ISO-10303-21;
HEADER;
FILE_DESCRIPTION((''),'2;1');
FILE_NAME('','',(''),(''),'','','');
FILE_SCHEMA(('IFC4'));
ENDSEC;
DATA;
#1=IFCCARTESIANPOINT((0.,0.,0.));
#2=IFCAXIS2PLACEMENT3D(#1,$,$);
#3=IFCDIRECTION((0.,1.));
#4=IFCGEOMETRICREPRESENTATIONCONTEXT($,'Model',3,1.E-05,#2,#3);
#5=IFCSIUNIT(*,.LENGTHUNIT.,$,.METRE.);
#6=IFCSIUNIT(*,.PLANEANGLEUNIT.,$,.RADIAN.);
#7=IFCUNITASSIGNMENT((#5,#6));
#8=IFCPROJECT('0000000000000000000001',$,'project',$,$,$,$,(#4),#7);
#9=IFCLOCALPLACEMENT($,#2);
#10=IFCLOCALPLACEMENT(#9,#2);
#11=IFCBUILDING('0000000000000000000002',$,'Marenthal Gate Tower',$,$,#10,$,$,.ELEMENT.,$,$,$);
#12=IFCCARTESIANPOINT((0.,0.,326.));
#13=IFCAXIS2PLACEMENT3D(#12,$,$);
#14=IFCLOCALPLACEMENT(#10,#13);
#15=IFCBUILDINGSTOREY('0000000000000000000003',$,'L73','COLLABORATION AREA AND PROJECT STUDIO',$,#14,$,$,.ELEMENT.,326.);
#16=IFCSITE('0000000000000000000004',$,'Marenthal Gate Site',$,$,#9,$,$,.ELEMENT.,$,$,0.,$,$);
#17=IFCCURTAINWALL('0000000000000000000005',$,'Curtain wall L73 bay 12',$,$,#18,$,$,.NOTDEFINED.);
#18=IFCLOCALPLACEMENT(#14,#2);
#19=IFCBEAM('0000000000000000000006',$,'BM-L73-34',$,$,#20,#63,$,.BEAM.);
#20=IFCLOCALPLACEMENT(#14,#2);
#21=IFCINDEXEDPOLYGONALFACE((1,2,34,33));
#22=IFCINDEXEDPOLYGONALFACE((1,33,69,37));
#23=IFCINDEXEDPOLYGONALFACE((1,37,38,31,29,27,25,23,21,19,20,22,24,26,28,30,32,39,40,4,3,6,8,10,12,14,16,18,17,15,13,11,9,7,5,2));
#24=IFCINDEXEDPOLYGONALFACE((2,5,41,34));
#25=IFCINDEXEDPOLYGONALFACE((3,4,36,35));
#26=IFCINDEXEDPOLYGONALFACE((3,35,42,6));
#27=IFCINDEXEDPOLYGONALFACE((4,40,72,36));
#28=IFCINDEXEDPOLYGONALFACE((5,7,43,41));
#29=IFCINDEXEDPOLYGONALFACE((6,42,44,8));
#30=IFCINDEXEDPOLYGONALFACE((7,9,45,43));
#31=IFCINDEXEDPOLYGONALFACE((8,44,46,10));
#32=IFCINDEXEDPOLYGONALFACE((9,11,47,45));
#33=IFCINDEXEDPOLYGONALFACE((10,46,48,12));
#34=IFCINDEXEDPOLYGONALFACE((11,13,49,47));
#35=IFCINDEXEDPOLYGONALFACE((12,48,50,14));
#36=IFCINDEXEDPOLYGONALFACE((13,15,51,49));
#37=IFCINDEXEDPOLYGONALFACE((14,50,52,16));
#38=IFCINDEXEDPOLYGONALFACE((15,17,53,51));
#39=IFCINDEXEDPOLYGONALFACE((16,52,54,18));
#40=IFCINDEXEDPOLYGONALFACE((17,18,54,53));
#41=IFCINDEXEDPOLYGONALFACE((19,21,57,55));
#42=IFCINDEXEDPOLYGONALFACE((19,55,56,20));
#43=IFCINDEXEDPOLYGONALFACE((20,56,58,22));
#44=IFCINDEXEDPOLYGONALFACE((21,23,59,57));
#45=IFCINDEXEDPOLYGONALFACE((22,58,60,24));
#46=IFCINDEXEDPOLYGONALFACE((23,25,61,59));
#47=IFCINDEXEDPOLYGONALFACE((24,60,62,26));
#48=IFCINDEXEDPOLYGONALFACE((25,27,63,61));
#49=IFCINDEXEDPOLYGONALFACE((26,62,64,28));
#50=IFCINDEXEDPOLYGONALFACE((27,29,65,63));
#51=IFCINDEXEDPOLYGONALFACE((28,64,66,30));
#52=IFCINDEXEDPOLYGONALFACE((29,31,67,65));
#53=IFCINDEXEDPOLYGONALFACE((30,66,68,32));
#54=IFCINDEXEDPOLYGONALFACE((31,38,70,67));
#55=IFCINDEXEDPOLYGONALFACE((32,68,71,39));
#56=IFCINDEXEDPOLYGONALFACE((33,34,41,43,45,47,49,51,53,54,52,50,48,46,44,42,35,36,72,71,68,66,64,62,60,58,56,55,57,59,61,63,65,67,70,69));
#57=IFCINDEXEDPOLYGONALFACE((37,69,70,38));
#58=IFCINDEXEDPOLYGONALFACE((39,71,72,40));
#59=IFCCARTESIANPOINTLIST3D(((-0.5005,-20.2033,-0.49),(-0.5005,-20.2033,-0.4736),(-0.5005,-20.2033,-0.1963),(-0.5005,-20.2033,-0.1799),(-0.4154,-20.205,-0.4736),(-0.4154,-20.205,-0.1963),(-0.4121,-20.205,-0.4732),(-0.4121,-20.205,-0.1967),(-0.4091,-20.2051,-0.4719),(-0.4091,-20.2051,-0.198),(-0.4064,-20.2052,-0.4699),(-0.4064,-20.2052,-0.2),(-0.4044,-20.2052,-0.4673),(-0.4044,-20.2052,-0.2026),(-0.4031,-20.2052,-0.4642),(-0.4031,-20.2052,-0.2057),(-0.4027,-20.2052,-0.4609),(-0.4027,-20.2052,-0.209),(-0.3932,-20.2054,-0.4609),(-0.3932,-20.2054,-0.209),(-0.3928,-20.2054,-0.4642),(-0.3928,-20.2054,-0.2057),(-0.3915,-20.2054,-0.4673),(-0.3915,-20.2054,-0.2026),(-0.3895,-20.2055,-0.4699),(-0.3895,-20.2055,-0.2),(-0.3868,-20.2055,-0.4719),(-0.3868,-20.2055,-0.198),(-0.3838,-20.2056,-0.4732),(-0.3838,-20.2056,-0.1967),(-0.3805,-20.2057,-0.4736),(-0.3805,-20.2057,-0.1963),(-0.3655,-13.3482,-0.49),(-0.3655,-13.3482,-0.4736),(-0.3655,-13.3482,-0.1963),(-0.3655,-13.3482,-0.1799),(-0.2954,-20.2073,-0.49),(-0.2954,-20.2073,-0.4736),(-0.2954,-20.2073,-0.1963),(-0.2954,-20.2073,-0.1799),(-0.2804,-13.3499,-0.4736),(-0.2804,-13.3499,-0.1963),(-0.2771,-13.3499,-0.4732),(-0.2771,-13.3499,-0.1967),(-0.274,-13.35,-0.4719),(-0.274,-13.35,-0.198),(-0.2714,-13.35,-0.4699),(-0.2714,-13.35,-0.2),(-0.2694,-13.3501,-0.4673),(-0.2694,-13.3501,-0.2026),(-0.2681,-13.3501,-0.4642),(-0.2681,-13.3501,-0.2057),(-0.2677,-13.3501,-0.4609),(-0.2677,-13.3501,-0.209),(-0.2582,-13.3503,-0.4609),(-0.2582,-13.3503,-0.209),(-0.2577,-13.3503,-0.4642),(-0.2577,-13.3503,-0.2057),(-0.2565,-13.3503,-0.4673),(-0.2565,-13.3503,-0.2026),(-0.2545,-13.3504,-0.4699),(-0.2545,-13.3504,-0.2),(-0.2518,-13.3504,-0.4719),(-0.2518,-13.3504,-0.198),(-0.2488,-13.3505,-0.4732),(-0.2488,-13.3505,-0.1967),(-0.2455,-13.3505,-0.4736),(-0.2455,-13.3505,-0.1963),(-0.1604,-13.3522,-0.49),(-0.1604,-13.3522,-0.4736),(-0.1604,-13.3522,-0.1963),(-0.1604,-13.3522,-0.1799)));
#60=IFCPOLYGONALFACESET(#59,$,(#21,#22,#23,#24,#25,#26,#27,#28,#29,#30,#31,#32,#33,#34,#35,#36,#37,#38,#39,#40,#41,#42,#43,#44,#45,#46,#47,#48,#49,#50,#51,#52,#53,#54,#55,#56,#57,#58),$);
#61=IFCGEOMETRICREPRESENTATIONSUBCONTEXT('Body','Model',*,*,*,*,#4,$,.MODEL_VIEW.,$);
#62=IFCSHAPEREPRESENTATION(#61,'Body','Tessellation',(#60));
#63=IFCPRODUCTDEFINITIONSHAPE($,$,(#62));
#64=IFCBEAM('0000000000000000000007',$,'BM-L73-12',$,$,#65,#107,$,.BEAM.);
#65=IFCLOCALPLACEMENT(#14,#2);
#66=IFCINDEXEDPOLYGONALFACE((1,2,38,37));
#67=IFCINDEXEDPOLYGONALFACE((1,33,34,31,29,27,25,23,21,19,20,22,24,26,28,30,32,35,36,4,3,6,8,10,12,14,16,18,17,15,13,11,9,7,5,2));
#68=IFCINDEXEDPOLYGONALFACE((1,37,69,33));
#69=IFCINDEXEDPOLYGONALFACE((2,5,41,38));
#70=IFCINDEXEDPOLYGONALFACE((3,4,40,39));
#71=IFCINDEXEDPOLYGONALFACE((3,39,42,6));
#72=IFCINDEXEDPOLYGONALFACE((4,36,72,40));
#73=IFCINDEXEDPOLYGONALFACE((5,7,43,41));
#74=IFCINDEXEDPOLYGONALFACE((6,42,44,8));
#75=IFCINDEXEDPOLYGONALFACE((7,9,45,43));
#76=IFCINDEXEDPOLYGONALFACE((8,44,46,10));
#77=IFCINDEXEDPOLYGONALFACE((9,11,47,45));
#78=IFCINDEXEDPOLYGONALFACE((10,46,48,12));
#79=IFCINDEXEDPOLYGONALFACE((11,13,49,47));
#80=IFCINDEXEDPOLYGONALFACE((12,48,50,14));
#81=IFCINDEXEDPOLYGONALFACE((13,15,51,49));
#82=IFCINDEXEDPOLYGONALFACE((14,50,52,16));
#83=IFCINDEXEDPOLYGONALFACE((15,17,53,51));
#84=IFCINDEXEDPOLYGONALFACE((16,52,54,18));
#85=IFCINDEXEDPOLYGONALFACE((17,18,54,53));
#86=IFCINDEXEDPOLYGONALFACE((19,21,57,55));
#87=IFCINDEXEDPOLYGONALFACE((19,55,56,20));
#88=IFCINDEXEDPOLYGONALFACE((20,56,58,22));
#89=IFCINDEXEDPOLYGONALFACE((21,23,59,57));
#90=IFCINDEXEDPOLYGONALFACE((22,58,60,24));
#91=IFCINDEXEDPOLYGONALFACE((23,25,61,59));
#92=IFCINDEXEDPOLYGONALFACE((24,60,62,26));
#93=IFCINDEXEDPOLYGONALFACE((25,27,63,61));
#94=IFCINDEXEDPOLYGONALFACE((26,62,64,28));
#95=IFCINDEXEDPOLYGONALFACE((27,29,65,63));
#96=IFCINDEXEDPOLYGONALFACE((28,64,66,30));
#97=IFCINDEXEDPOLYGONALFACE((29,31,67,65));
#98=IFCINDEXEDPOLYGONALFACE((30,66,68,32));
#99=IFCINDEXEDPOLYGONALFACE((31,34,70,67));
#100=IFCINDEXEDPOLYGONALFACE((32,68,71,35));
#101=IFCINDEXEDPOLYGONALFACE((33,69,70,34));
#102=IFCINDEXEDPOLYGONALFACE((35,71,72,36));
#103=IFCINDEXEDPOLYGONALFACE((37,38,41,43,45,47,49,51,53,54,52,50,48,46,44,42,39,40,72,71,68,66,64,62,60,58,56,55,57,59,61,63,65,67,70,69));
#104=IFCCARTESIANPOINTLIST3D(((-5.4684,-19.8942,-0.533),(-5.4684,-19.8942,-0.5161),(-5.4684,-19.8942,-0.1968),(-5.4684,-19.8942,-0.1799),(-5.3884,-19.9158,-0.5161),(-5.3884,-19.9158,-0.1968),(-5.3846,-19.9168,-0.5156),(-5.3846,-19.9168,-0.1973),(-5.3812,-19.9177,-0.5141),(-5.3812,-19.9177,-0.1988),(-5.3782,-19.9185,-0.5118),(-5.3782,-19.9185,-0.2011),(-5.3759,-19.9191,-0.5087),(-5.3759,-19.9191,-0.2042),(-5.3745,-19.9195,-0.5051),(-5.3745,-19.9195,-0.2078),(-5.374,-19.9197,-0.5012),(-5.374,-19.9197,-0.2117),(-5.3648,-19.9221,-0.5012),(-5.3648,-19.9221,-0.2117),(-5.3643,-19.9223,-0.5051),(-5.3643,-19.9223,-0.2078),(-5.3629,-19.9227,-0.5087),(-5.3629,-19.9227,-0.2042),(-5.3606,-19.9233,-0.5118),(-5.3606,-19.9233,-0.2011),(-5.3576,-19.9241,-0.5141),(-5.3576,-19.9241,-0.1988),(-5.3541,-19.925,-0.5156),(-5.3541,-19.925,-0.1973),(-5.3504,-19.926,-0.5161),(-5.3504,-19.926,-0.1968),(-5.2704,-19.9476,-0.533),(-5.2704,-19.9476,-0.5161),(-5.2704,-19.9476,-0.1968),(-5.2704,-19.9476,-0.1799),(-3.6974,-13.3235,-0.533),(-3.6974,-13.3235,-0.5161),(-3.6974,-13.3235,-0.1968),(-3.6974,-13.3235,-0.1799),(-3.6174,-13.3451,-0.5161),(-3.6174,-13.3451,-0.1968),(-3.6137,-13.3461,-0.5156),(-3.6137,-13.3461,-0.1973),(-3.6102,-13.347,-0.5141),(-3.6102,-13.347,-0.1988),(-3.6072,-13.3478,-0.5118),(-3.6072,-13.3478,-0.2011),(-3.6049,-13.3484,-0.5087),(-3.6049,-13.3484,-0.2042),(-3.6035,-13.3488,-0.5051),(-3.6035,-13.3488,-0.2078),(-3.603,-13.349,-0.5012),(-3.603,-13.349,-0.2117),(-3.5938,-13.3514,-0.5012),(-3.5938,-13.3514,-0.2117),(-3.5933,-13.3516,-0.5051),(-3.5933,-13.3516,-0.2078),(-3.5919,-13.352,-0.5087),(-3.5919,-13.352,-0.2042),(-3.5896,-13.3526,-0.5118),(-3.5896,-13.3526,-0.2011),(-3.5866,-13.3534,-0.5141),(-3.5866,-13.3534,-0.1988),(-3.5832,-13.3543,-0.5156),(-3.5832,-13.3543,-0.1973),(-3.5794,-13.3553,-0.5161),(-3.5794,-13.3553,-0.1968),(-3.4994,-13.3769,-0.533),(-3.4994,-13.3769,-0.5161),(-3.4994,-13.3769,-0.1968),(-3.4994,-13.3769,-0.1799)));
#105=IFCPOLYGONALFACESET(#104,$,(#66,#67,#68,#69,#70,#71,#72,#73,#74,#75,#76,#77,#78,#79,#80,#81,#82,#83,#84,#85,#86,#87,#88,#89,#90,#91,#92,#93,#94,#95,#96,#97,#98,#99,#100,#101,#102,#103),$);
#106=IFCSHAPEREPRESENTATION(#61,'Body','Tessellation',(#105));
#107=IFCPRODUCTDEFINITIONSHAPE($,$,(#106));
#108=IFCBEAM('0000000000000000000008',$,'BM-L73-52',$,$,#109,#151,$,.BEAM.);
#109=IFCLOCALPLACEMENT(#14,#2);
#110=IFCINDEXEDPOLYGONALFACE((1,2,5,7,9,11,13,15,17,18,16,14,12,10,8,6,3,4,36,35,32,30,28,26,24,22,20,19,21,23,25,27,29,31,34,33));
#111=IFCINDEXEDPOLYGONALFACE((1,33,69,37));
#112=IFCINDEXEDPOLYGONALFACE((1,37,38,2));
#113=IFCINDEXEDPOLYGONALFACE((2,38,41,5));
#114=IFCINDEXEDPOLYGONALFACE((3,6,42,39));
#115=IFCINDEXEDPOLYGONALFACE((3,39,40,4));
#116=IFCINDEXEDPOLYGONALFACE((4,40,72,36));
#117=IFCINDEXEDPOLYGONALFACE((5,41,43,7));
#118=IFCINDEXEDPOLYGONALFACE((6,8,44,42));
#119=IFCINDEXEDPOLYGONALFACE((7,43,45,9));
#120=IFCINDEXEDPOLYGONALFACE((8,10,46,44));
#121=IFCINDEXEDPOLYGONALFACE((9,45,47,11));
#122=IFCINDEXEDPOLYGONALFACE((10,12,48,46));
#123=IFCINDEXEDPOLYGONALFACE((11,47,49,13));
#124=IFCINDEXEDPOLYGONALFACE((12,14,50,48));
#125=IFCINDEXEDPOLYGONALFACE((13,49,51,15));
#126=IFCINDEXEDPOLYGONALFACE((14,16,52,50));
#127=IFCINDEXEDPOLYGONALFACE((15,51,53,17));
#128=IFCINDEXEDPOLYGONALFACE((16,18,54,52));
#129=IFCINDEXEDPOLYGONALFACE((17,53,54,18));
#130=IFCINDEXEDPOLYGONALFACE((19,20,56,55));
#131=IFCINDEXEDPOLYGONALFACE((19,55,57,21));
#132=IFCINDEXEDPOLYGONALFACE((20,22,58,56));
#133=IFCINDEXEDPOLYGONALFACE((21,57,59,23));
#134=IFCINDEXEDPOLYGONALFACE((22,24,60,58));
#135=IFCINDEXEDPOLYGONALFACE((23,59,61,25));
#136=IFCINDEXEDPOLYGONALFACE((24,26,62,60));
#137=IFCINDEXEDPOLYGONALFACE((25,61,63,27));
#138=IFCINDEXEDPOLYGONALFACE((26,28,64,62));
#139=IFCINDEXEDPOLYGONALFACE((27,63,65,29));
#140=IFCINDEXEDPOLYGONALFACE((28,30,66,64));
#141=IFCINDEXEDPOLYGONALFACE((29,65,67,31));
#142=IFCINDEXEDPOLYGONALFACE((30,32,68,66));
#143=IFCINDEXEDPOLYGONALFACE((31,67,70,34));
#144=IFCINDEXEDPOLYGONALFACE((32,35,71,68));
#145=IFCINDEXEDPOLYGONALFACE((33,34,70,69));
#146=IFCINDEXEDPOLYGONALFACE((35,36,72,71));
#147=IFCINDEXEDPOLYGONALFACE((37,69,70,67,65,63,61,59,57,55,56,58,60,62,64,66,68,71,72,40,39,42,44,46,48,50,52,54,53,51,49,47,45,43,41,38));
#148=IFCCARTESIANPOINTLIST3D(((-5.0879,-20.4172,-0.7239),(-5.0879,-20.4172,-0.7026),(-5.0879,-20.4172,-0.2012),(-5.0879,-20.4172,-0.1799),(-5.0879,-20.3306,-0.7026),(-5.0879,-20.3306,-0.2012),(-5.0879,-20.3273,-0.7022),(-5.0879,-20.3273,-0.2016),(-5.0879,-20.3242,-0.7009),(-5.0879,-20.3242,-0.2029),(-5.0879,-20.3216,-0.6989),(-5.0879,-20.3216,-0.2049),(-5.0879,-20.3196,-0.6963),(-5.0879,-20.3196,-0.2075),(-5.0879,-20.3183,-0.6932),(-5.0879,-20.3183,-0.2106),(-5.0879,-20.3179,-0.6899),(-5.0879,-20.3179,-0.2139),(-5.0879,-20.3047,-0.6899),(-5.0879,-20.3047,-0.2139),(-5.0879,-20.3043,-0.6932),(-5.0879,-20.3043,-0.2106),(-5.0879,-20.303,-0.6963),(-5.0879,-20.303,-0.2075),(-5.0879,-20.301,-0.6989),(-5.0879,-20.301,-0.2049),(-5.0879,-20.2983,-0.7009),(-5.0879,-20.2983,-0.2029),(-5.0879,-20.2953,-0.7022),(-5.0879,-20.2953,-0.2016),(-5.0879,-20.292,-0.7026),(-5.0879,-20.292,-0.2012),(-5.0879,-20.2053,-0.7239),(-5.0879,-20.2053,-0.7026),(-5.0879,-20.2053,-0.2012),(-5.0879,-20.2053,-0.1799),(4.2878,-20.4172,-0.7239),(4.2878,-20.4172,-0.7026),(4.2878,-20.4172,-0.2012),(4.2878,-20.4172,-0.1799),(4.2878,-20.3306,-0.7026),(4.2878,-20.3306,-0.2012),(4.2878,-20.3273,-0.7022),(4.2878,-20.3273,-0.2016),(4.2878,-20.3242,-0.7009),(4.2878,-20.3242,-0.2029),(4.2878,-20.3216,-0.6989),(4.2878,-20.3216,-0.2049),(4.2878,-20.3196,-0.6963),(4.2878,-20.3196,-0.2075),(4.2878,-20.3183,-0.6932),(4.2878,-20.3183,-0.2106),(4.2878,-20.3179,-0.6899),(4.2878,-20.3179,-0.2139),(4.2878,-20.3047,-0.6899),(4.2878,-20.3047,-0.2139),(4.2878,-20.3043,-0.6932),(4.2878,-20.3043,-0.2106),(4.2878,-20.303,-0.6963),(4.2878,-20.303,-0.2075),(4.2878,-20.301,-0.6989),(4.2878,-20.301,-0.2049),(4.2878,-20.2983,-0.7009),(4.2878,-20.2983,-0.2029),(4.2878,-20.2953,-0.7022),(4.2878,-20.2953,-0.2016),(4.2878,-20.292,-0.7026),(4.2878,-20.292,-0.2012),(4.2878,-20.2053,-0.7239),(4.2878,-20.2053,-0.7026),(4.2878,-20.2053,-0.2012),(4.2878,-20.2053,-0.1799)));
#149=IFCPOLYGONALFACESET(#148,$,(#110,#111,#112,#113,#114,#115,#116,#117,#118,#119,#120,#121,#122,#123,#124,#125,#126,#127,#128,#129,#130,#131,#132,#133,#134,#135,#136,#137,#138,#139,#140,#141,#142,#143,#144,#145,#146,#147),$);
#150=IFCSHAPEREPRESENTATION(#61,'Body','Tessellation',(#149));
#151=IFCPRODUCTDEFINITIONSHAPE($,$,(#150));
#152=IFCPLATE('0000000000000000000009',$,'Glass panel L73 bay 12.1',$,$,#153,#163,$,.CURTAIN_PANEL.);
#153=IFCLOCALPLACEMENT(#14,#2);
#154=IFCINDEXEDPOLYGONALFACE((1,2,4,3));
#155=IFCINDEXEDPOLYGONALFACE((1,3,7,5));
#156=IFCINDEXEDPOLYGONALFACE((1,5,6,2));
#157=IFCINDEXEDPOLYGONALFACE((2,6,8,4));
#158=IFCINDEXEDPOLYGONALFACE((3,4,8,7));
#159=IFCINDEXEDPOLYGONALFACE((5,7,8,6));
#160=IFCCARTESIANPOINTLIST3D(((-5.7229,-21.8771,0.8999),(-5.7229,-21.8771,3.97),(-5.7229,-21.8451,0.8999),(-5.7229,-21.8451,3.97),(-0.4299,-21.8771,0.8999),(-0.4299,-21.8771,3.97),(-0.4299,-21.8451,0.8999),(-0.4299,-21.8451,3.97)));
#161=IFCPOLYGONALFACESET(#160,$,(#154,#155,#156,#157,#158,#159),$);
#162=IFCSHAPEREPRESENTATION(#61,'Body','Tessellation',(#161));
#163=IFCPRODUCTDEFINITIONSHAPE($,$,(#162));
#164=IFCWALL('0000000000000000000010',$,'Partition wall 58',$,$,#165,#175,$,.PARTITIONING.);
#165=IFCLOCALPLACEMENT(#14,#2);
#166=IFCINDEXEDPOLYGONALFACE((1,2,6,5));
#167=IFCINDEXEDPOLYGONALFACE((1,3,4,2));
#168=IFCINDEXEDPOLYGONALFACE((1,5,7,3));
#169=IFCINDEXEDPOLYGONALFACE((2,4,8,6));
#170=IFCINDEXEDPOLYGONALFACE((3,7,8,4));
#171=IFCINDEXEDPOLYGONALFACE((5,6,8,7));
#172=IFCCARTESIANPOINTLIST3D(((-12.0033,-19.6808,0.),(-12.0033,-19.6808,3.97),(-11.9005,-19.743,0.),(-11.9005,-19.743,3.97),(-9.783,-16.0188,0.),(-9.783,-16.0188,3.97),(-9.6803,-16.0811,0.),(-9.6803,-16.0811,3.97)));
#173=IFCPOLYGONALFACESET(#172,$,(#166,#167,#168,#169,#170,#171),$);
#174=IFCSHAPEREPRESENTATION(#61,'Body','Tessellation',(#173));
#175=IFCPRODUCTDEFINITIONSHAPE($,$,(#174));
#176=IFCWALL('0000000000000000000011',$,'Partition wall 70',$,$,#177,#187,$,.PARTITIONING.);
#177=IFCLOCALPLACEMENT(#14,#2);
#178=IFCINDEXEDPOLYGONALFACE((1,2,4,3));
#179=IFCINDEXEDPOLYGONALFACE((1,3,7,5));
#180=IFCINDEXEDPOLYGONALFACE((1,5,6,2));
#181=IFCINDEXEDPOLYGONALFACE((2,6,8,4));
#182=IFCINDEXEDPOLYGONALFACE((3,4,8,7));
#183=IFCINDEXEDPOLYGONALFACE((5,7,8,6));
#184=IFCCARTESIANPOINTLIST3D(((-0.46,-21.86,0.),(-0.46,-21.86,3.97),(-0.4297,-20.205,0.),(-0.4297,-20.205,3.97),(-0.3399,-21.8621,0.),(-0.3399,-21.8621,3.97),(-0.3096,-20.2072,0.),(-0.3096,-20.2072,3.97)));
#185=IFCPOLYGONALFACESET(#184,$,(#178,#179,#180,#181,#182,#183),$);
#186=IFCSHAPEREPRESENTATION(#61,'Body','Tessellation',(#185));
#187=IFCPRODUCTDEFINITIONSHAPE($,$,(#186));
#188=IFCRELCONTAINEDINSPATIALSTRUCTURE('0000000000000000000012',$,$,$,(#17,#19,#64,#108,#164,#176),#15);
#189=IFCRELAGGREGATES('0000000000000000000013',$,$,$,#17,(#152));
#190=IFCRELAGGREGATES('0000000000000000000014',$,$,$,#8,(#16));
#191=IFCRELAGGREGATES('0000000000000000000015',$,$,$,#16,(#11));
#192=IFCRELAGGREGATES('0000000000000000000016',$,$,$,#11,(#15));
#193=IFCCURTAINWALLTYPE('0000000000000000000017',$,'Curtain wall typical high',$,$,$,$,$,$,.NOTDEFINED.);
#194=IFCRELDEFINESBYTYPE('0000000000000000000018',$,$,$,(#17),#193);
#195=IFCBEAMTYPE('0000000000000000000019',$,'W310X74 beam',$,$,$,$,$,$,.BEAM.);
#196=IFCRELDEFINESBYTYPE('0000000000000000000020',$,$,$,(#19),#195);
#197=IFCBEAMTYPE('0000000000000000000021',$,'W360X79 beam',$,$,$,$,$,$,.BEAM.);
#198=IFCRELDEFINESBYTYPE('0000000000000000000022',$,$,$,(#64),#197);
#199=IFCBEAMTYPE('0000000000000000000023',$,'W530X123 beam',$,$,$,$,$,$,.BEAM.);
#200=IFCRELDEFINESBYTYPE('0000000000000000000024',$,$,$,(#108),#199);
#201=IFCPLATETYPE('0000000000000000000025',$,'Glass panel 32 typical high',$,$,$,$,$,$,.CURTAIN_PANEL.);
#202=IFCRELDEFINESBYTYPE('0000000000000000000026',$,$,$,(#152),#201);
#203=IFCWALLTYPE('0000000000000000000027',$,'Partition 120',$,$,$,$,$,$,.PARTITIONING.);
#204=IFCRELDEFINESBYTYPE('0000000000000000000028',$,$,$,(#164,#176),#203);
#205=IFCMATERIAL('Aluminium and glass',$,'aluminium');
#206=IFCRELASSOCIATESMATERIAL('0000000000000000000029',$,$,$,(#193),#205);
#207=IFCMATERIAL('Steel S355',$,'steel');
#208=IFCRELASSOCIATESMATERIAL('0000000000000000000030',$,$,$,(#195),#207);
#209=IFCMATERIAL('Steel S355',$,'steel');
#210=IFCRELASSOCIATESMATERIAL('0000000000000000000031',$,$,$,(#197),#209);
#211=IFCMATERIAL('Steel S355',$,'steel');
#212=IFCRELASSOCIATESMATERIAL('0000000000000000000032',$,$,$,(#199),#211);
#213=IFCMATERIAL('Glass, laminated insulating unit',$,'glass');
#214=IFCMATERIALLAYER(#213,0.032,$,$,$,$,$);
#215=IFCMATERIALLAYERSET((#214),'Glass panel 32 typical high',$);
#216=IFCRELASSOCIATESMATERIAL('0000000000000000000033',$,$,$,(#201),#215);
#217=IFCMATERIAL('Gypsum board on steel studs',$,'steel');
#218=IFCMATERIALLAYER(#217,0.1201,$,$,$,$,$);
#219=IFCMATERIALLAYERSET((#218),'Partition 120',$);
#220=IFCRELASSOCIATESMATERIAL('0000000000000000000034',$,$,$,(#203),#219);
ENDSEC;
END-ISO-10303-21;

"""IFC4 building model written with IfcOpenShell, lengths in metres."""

from ifc_helpers import new_model, si_unit, direction, frame, frame_2d, origin, origin_2d, place, context, subcontext, project, spatial, rectangle, i_section, extrude, material, layer, layer_set, material_profile, profile_set, type_object, element, aggregate, save


model = new_model("IFC4")

# Units and contexts
model_context = context("Model", 3, precision=1e-05, world=origin(), true_north=direction((0.0, 1.0)))
body_context = subcontext(model_context, "Body", "Model", "MODEL_VIEW")
ifc_project = project(units=[si_unit("LENGTHUNIT", "METRE"), si_unit("PLANEANGLEUNIT", "RADIAN")], contexts=[model_context])

# Site, building, storey
site_placement = place(None, origin())
site = spatial("IfcSite", under=ifc_project, at=site_placement, Name="Marenthal Gate Site", CompositionType="ELEMENT", RefElevation=0.0)
building_placement = place(site_placement, origin())
building = spatial("IfcBuilding", under=site, at=building_placement, Name="Marenthal Gate Tower", CompositionType="ELEMENT")
storey_placement = place(building_placement, frame((0.0, 0.0, 326.0)))
storey = spatial("IfcBuildingStorey", under=building, at=storey_placement, Name="L73", Description="COLLABORATION AREA AND PROJECT STUDIO", CompositionType="ELEMENT", Elevation=326.0)

# Curtain wall
ifc_material_1 = material(Name="Aluminium and glass", Category="aluminium")
curtain_wall_type = type_object("IfcCurtainWallType", Name="Curtain wall typical high", PredefinedType="NOTDEFINED", material=ifc_material_1)
curtain_wall_placement = place(storey_placement, origin())
curtain_wall = element("IfcCurtainWall", 1, at=curtain_wall_placement, inside=storey, type_object=curtain_wall_type, Name="Curtain wall L73 bay 12", PredefinedType="NOTDEFINED")

# Beams
ifc_material_2 = material(Name="Steel S355", Category="steel")
ifc_material_profile_1 = material_profile(ifc_material_2, i_section(OverallWidth=0.2051, OverallDepth=0.3101, WebThickness=0.0095, FlangeThickness=0.0164, FilletRadius=0.0127, at=origin_2d()), Name="W310X74")
ifc_profile_set_1 = profile_set([ifc_material_profile_1], Name="Steel S355")
beam_type_1 = type_object("IfcBeamType", Name="W310X74 beam", PredefinedType="BEAM", material=ifc_profile_set_1)
beam_1_placement = place(storey_placement, frame((-0.3979, -20.2053, -0.335), z_axis=(0.019691, 0.999806, 0.0), x_axis=(-0.999806, 0.019691, 0.0)))
element("IfcBeam", 2, at=beam_1_placement, inside=storey, type_object=beam_type_1, Name="BM-L73-34", PredefinedType="BEAM", context=body_context, shape_type="SweptSolid", body=[
    extrude(i_section(OverallWidth=0.2051, OverallDepth=0.3101, WebThickness=0.0095, FlangeThickness=0.0164, FilletRadius=0.0127, at=origin_2d()), origin(), (0.0, 0.0, 1.0), 6.8564),
])
ifc_material_3 = material(Name="Steel S355", Category="steel")
ifc_material_profile_2 = material_profile(ifc_material_3, i_section(OverallWidth=0.2051, OverallDepth=0.353, WebThickness=0.0095, FlangeThickness=0.0168, FilletRadius=0.0149, at=origin_2d()), Name="W360X79")
ifc_profile_set_2 = profile_set([ifc_material_profile_2], Name="Steel S355")
beam_type_2 = type_object("IfcBeamType", Name="W360X79 beam", PredefinedType="BEAM", material=ifc_profile_set_2)
beam_2_placement = place(storey_placement, frame((-5.3694, -19.9209, -0.3564), z_axis=(0.260238, 0.965544, 0.0), x_axis=(-0.965544, 0.260238, 0.0)))
element("IfcBeam", 3, at=beam_2_placement, inside=storey, type_object=beam_type_2, Name="BM-L73-12", PredefinedType="BEAM", context=body_context, shape_type="SweptSolid", body=[
    extrude(i_section(OverallWidth=0.2051, OverallDepth=0.353, WebThickness=0.0095, FlangeThickness=0.0168, FilletRadius=0.0149, at=origin_2d()), origin(), (0.0, 0.0, 1.0), 6.8052),
])
ifc_material_4 = material(Name="Steel S355", Category="steel")
ifc_material_profile_3 = material_profile(ifc_material_4, i_section(OverallWidth=0.2119, OverallDepth=0.5439, WebThickness=0.0132, FlangeThickness=0.0212, FilletRadius=0.0127, at=origin_2d()), Name="W530X123")
ifc_profile_set_3 = profile_set([ifc_material_profile_3], Name="Steel S355")
beam_type_3 = type_object("IfcBeamType", Name="W530X123 beam", PredefinedType="BEAM", material=ifc_profile_set_3)
beam_3_placement = place(storey_placement, frame((-5.0879, -20.3113, -0.4519), z_axis=(1.0, 0.0, 0.0), x_axis=(0.0, 1.0, 0.0)))
element("IfcBeam", 4, at=beam_3_placement, inside=storey, type_object=beam_type_3, Name="BM-L73-52", PredefinedType="BEAM", context=body_context, shape_type="SweptSolid", body=[
    extrude(i_section(OverallWidth=0.2119, OverallDepth=0.5439, WebThickness=0.0132, FlangeThickness=0.0212, FilletRadius=0.0127, at=origin_2d()), origin(), (0.0, 0.0, 1.0), 9.3757),
])

# Plate
ifc_material_5 = material(Name="Glass, laminated insulating unit", Category="glass")
ifc_layer_1 = layer(ifc_material_5, 0.032)
ifc_layer_set_1 = layer_set([ifc_layer_1], Name="Glass panel 32 typical high")
plate_type = type_object("IfcPlateType", Name="Glass panel 32 typical high", PredefinedType="CURTAIN_PANEL", material=ifc_layer_set_1)
plate_placement = place(storey_placement, frame((-3.0764, -21.8611, 0.8999), z_axis=(0.0, 0.0, 1.0), x_axis=(1.0, 0.0, 0.0)))
plate = element("IfcPlate", 5, at=plate_placement, type_object=plate_type, Name="Glass panel L73 bay 12.1", PredefinedType="CURTAIN_PANEL", context=body_context, shape_type="SweptSolid", body=[
    extrude(rectangle(XDim=5.293, YDim=0.032, at=origin_2d()), origin(), (0.0, 0.0, 1.0), 3.0701),
])
aggregate(curtain_wall, [plate])

# Walls
ifc_material_6 = material(Name="Gypsum board on steel studs", Category="steel")
ifc_layer_2 = layer(ifc_material_6, 0.1201)
ifc_layer_set_2 = layer_set([ifc_layer_2], Name="Partition 120")
wall_type = type_object("IfcWallType", Name="Partition 120", PredefinedType="PARTITIONING", material=ifc_layer_set_2)
wall_1_placement = place(storey_placement, frame((-9.7317, -16.05, 0.0), z_axis=(0.0, 0.0, 1.0), x_axis=(-0.518456, -0.855104, 0.0)))
element("IfcWall", 6, at=wall_1_placement, inside=storey, type_object=wall_type, Name="Partition wall 58", PredefinedType="PARTITIONING", context=body_context, shape_type="SweptSolid", body=[
    extrude(rectangle(XDim=4.2825, YDim=0.1201, at=frame_2d((2.1411, 0.0))), origin(), (0.0, 0.0, 1.0), 3.97),
])
wall_2_placement = place(storey_placement, frame((-0.3696, -20.2061, 0.0), z_axis=(0.0, 0.0, 1.0), x_axis=(-0.018289, -0.999833, 0.0)))
element("IfcWall", 7, at=wall_2_placement, inside=storey, type_object=wall_type, Name="Partition wall 70", PredefinedType="PARTITIONING", context=body_context, shape_type="SweptSolid", body=[
    extrude(rectangle(XDim=1.6553, YDim=0.1201, at=frame_2d((0.8276, 0.0))), origin(), (0.0, 0.0, 1.0), 3.97),
])

save(model, "model.ifc")
